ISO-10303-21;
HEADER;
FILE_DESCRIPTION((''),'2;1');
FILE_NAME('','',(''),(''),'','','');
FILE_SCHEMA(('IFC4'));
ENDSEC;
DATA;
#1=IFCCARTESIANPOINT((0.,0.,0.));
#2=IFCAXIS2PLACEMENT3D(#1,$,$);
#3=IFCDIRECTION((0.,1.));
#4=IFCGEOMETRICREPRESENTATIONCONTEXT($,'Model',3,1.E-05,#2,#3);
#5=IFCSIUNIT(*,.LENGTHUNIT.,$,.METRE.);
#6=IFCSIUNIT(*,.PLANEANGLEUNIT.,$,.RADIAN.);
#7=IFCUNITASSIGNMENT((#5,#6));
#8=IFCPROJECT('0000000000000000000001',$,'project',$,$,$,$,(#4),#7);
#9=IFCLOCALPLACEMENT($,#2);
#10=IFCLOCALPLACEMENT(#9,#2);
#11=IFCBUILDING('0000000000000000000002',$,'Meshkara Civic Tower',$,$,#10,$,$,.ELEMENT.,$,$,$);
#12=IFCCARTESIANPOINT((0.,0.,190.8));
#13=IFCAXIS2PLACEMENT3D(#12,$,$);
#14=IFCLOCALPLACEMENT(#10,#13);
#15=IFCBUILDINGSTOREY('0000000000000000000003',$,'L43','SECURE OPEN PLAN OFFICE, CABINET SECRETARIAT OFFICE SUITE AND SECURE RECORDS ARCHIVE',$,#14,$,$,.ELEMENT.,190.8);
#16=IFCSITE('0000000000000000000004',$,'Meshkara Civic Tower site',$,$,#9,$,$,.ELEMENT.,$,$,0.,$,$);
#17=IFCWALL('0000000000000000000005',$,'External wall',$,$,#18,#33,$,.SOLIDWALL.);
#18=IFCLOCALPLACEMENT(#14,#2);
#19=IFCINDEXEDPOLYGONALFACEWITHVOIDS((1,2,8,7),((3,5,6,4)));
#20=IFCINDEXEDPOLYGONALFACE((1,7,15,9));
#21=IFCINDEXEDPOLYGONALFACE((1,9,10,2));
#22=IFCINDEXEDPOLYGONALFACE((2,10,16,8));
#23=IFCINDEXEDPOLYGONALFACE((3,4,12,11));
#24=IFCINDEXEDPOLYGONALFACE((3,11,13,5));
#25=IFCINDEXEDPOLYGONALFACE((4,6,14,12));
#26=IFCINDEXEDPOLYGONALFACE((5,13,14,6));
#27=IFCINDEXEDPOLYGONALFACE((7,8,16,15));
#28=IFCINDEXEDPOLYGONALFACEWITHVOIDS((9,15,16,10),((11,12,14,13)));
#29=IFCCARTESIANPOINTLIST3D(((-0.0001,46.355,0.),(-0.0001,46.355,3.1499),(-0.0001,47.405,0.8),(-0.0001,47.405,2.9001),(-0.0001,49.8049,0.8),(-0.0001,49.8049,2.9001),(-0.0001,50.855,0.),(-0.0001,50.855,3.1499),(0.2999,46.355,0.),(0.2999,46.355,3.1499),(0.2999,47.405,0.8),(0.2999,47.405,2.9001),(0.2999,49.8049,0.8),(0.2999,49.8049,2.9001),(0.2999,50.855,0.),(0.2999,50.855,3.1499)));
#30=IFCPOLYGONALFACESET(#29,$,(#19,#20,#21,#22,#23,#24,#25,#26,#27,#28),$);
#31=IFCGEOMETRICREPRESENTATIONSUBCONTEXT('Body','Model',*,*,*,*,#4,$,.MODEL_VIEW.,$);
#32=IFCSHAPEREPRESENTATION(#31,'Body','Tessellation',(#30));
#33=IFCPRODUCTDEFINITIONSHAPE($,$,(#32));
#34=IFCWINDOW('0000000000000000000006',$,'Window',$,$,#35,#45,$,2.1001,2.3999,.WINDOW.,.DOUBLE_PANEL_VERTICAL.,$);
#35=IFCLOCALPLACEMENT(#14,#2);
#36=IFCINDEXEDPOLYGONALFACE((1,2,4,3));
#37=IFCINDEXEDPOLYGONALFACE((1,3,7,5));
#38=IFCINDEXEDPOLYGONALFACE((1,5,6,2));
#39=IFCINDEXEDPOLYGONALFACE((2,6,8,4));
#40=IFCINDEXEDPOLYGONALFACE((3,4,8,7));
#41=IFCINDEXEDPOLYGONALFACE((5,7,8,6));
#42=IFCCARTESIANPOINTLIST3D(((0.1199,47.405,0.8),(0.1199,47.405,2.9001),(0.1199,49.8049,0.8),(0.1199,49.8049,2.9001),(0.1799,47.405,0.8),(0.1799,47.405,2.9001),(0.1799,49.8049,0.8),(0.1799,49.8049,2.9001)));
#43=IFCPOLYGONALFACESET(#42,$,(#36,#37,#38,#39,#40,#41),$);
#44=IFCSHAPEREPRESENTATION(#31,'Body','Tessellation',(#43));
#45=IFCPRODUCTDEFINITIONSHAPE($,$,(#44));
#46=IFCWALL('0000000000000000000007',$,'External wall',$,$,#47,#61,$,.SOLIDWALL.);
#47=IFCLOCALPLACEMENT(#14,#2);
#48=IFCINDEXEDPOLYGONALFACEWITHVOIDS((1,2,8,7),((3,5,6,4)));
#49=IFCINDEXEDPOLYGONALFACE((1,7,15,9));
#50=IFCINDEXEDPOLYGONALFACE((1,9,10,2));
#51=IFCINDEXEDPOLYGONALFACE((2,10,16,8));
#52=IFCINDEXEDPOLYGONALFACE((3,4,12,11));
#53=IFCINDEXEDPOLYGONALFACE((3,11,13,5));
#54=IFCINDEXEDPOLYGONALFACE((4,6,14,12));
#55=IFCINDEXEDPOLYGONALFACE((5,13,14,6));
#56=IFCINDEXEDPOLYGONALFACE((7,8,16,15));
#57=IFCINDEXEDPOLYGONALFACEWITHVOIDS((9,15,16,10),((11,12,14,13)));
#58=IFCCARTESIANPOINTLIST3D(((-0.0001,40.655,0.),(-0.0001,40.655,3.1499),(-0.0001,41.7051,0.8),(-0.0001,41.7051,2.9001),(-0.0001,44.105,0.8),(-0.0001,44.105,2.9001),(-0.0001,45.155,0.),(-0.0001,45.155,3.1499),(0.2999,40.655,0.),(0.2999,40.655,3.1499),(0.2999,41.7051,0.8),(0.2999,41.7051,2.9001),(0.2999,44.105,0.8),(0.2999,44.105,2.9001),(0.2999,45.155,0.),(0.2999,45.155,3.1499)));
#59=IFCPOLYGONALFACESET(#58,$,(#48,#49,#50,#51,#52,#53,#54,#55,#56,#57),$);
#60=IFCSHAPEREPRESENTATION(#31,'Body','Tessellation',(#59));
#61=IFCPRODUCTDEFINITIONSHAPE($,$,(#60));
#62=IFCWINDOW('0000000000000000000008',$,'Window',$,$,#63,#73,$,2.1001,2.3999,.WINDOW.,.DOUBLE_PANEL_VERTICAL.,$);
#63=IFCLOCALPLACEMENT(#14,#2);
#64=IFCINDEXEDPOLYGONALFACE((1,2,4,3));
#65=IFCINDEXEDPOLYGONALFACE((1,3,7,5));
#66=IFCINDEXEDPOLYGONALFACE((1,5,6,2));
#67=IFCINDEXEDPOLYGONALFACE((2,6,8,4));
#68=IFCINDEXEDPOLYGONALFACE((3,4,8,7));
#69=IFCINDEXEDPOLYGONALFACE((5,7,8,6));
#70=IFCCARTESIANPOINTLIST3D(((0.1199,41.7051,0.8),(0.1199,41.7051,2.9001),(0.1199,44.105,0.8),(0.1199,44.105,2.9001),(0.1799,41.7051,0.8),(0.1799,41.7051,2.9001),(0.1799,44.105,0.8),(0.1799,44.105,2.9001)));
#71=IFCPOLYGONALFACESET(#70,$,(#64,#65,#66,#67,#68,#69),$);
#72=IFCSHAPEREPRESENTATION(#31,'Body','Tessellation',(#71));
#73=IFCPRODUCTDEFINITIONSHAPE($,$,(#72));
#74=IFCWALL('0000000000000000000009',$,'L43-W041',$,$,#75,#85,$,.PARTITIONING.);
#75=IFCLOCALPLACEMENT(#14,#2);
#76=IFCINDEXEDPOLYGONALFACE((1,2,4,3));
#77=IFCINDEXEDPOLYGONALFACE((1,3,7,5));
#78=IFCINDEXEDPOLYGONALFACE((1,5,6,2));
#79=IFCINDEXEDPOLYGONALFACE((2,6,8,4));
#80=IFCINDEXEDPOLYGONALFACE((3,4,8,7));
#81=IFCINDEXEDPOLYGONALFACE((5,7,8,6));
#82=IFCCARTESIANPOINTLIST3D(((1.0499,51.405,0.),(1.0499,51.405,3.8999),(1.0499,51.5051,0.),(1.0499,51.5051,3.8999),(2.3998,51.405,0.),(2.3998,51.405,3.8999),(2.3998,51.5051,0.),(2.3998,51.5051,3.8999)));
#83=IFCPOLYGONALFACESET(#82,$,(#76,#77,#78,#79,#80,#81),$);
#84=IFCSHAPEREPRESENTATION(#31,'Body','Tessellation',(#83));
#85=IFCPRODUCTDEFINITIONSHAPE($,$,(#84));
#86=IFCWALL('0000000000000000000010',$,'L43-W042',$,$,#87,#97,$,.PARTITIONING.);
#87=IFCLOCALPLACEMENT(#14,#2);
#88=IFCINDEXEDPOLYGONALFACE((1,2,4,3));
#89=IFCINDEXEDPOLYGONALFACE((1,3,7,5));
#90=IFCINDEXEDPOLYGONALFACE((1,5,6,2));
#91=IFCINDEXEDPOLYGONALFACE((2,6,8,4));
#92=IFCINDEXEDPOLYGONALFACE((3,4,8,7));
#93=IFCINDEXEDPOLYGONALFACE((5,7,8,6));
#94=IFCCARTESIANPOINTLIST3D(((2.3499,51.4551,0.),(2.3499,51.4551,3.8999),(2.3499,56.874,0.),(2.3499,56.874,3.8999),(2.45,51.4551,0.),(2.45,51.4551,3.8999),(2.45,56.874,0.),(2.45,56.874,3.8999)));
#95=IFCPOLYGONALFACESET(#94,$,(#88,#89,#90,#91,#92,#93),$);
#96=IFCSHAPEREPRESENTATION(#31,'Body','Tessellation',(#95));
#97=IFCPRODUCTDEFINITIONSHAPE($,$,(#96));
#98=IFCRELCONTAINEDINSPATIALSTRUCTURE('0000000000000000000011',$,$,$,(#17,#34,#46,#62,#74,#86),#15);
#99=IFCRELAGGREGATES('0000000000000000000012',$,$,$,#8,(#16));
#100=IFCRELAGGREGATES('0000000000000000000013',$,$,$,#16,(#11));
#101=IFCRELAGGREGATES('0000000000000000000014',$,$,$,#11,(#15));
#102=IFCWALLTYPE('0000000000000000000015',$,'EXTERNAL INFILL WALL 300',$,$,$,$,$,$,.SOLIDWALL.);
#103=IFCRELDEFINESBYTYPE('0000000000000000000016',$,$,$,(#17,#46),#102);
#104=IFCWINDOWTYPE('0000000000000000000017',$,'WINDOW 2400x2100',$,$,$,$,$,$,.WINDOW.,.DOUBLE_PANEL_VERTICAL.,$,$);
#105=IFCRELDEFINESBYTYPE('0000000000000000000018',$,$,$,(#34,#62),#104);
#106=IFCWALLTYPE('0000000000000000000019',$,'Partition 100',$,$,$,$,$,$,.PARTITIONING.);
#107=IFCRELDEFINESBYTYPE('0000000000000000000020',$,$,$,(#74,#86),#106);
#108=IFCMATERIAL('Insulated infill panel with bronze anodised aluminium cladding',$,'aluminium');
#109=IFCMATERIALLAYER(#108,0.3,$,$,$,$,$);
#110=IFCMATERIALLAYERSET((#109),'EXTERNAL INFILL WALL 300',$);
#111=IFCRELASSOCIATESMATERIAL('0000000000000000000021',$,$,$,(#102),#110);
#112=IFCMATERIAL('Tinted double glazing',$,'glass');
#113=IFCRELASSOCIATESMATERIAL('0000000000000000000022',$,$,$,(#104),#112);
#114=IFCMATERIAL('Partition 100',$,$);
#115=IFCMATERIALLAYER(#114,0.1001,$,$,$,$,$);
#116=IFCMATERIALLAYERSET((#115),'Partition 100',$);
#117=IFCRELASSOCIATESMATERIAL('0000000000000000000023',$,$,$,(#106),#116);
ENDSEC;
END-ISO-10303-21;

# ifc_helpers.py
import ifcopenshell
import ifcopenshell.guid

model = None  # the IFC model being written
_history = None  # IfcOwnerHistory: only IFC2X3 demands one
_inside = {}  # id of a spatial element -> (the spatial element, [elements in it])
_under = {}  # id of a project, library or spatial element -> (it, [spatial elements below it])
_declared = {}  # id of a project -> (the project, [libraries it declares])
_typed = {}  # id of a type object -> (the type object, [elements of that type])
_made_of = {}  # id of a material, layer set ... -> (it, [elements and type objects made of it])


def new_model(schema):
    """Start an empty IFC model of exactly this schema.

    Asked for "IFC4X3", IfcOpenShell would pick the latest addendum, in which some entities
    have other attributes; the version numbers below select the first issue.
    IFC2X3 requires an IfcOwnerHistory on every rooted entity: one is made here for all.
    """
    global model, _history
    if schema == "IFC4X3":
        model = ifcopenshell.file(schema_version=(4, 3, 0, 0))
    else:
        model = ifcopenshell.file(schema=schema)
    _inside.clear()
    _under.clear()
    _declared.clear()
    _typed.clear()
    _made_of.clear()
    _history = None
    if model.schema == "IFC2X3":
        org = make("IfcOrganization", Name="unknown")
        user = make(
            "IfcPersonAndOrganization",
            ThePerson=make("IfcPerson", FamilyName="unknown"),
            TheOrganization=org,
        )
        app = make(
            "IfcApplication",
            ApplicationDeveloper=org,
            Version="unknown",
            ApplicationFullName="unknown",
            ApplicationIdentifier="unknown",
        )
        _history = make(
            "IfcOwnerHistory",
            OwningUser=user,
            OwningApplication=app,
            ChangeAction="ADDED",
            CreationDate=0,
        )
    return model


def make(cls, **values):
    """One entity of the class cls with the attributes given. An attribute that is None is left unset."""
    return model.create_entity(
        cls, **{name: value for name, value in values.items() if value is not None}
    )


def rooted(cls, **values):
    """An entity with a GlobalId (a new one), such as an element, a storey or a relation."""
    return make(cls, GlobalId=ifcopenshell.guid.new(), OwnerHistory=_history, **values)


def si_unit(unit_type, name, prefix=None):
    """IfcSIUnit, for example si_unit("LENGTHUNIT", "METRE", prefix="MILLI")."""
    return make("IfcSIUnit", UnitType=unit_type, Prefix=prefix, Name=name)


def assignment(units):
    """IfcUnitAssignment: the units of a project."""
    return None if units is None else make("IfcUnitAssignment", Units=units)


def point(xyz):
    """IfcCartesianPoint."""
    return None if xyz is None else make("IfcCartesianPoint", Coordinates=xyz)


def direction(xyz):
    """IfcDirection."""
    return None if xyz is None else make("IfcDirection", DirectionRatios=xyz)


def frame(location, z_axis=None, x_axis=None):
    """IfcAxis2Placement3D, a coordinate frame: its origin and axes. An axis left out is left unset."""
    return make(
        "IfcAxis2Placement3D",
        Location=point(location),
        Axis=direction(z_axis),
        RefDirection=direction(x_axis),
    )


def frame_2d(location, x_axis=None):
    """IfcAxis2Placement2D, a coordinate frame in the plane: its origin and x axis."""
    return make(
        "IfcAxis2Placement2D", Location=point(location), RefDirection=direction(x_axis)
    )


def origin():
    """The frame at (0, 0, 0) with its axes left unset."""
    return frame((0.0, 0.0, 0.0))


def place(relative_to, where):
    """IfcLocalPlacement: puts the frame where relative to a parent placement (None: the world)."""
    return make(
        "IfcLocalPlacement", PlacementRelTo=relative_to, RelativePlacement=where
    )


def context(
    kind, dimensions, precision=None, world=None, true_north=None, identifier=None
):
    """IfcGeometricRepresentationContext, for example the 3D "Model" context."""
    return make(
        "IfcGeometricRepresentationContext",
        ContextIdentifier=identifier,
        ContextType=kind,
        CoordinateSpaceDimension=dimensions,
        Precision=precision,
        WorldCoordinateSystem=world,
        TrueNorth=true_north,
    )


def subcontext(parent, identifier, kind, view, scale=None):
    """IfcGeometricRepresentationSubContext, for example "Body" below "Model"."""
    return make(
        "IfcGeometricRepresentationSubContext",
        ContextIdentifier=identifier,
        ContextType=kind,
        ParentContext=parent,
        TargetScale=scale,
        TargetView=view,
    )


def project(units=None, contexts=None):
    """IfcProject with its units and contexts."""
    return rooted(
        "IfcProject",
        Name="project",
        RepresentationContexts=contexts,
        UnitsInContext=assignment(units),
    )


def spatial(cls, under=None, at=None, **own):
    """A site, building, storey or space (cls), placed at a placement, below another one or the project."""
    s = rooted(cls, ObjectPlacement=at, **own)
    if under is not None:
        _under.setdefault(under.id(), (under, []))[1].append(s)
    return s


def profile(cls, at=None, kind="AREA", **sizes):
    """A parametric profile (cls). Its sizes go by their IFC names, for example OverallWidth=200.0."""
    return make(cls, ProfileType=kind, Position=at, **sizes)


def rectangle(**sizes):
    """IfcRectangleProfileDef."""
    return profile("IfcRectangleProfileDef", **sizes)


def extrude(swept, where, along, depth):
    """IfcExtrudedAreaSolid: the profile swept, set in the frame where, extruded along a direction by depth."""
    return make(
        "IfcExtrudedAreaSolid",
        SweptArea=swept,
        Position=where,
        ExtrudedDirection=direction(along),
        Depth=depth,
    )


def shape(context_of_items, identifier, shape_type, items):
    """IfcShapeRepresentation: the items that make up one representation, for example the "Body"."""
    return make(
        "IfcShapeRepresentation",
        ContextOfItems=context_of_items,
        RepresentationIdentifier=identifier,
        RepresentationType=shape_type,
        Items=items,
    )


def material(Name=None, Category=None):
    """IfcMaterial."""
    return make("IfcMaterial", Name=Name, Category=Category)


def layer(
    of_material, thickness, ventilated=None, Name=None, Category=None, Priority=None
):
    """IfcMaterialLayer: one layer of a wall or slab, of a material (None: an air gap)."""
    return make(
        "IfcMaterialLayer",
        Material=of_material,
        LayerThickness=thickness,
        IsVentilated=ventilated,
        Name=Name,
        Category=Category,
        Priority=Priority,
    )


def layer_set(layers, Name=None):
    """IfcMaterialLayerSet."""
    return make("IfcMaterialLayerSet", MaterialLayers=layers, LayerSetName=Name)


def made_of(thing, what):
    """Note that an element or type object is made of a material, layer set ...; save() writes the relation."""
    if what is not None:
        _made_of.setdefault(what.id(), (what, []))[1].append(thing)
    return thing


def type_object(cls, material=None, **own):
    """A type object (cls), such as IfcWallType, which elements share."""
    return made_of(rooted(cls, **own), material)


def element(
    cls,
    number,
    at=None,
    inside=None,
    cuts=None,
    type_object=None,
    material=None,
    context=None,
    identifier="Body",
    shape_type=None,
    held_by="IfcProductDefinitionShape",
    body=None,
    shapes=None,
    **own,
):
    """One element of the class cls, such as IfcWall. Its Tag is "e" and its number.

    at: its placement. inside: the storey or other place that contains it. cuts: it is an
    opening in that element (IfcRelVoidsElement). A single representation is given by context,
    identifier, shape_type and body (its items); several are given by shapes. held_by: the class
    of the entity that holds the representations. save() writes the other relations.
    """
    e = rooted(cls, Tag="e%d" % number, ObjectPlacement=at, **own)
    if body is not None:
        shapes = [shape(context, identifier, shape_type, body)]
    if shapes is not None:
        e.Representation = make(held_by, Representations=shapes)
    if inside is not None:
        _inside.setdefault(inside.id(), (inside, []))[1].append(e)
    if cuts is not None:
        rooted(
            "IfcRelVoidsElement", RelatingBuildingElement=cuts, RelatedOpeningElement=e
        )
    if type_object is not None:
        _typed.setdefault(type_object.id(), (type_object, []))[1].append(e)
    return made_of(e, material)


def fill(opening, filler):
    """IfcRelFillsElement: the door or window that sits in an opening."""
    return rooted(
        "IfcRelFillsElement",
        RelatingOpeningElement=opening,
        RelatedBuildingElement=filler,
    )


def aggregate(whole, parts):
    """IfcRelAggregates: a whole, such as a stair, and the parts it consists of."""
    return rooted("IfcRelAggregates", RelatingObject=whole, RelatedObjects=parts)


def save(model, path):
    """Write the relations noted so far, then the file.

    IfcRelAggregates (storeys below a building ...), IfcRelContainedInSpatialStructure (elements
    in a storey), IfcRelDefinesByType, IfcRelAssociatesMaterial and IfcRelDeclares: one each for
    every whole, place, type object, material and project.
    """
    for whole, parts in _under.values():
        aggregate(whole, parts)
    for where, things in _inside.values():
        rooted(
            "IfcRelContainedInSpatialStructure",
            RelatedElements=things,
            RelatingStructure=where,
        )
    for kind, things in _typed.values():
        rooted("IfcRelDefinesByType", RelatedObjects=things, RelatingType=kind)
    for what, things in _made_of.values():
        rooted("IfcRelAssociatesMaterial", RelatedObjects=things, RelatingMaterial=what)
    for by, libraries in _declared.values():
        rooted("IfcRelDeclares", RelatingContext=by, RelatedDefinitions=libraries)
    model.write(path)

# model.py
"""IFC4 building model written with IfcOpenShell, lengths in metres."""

from ifc_helpers import new_model, si_unit, direction, frame, frame_2d, origin, place, context, subcontext, project, spatial, rectangle, extrude, material, layer, layer_set, type_object, element, fill, save


model = new_model("IFC4")

# Units and contexts
model_context = context("Model", 3, precision=1e-05, world=origin(), true_north=direction((0.0, 1.0)))
body_context = subcontext(model_context, "Body", "Model", "MODEL_VIEW")
ifc_project = project(units=[si_unit("LENGTHUNIT", "METRE"), si_unit("PLANEANGLEUNIT", "RADIAN")], contexts=[model_context])

# Site, building, storey
site_placement = place(None, origin())
site = spatial("IfcSite", under=ifc_project, at=site_placement, Name="Meshkara Civic Tower site", CompositionType="ELEMENT", RefElevation=0.0)
building_placement = place(site_placement, origin())
building = spatial("IfcBuilding", under=site, at=building_placement, Name="Meshkara Civic Tower", CompositionType="ELEMENT")
storey_placement = place(building_placement, frame((0.0, 0.0, 190.8)))
storey = spatial("IfcBuildingStorey", under=building, at=storey_placement, Name="L43", Description="SECURE OPEN PLAN OFFICE, CABINET SECRETARIAT OFFICE SUITE AND SECURE RECORDS ARCHIVE", CompositionType="ELEMENT", Elevation=190.8)

# Walls, openings, windows
ifc_material_1 = material(Name="Insulated infill panel with bronze anodised aluminium cladding", Category="aluminium")
ifc_layer_1 = layer(ifc_material_1, 0.3)
ifc_layer_set_1 = layer_set([ifc_layer_1], Name="EXTERNAL INFILL WALL 300")
wall_type_1 = type_object("IfcWallType", Name="EXTERNAL INFILL WALL 300", PredefinedType="SOLIDWALL", material=ifc_layer_set_1)
ifc_material_2 = material(Name="Tinted double glazing", Category="glass")
window_type = type_object("IfcWindowType", Name="WINDOW 2400x2100", PartitioningType="DOUBLE_PANEL_VERTICAL", PredefinedType="WINDOW", material=ifc_material_2)
wall_1_placement = place(storey_placement, frame((0.1499, 50.855, 0.0), z_axis=(0.0, 0.0, 1.0), x_axis=(0.0, -1.0, 0.0)))
wall_1 = element("IfcWall", 1, at=wall_1_placement, inside=storey, type_object=wall_type_1, Name="External wall", PredefinedType="SOLIDWALL", context=body_context, shape_type="SweptSolid", body=[
    extrude(rectangle(XDim=4.5, YDim=0.3, at=frame_2d((2.25, 0.0))), origin(), (0.0, 0.0, 1.0), 3.1499),
])
opening_1_placement = place(wall_1_placement, frame((1.05, 0.0, 0.8)))
opening_1 = element("IfcOpeningElement", 2, at=opening_1_placement, cuts=wall_1, PredefinedType="OPENING", context=body_context, shape_type="SweptSolid", body=[
    extrude(rectangle(XDim=2.3999, YDim=2.1001, at=frame_2d((1.2, 1.05))), frame((0.0, 0.1599, 0.0), z_axis=(0.0, -1.0, 0.0), x_axis=(1.0, 0.0, 0.0)), (0.0, 0.0, 1.0), 0.3201),
])
window_1_placement = place(opening_1_placement, origin())
window_1 = element("IfcWindow", 3, at=window_1_placement, inside=storey, type_object=window_type, Name="Window", OverallHeight=2.1001, OverallWidth=2.3999, PartitioningType="DOUBLE_PANEL_VERTICAL", PredefinedType="WINDOW", context=body_context, shape_type="SweptSolid", body=[
    extrude(rectangle(XDim=2.3999, YDim=2.1001, at=frame_2d((1.2, 1.05))), frame((0.0, 0.03, 0.0), z_axis=(0.0, -1.0, 0.0), x_axis=(1.0, 0.0, 0.0)), (0.0, 0.0, 1.0), 0.0601),
])
fill(opening_1, window_1)
wall_2_placement = place(storey_placement, frame((0.1499, 45.155, 0.0), z_axis=(0.0, 0.0, 1.0), x_axis=(0.0, -1.0, 0.0)))
wall_2 = element("IfcWall", 4, at=wall_2_placement, inside=storey, type_object=wall_type_1, Name="External wall", PredefinedType="SOLIDWALL", context=body_context, shape_type="SweptSolid", body=[
    extrude(rectangle(XDim=4.5, YDim=0.3, at=frame_2d((2.25, 0.0))), origin(), (0.0, 0.0, 1.0), 3.1499),
])
opening_2_placement = place(wall_2_placement, frame((1.05, 0.0, 0.8)))
opening_2 = element("IfcOpeningElement", 5, at=opening_2_placement, cuts=wall_2, PredefinedType="OPENING", context=body_context, shape_type="SweptSolid", body=[
    extrude(rectangle(XDim=2.3999, YDim=2.1001, at=frame_2d((1.2, 1.05))), frame((0.0, 0.1599, 0.0), z_axis=(0.0, -1.0, 0.0), x_axis=(1.0, 0.0, 0.0)), (0.0, 0.0, 1.0), 0.3201),
])
window_2_placement = place(opening_2_placement, origin())
window_2 = element("IfcWindow", 6, at=window_2_placement, inside=storey, type_object=window_type, Name="Window", OverallHeight=2.1001, OverallWidth=2.3999, PartitioningType="DOUBLE_PANEL_VERTICAL", PredefinedType="WINDOW", context=body_context, shape_type="SweptSolid", body=[
    extrude(rectangle(XDim=2.3999, YDim=2.1001, at=frame_2d((1.2, 1.05))), frame((0.0, 0.03, 0.0), z_axis=(0.0, -1.0, 0.0), x_axis=(1.0, 0.0, 0.0)), (0.0, 0.0, 1.0), 0.0601),
])
fill(opening_2, window_2)

# Walls
ifc_material_3 = material(Name="Partition 100")
ifc_layer_2 = layer(ifc_material_3, 0.1001)
ifc_layer_set_2 = layer_set([ifc_layer_2], Name="Partition 100")
wall_type_2 = type_object("IfcWallType", Name="Partition 100", PredefinedType="PARTITIONING", material=ifc_layer_set_2)
wall_3_placement = place(storey_placement, frame((1.05, 51.4551, 0.0), z_axis=(0.0, 0.0, 1.0), x_axis=(1.0, 0.0, 0.0)))
element("IfcWall", 7, at=wall_3_placement, inside=storey, type_object=wall_type_2, Name="L43-W041", PredefinedType="PARTITIONING", context=body_context, shape_type="SweptSolid", body=[
    extrude(rectangle(XDim=1.3499, YDim=0.1001, at=frame_2d((0.6748, 0.0))), origin(), (0.0, 0.0, 1.0), 3.8999),
])
wall_4_placement = place(storey_placement, frame((2.3999, 51.4551, 0.0), z_axis=(0.0, 0.0, 1.0), x_axis=(0.0, 1.0, 0.0)))
element("IfcWall", 8, at=wall_4_placement, inside=storey, type_object=wall_type_2, Name="L43-W042", PredefinedType="PARTITIONING", context=body_context, shape_type="SweptSolid", body=[
    extrude(rectangle(XDim=5.4189, YDim=0.1001, at=frame_2d((2.7095, 0.0))), origin(), (0.0, 0.0, 1.0), 3.8999),
])

save(model, "model.ifc")
